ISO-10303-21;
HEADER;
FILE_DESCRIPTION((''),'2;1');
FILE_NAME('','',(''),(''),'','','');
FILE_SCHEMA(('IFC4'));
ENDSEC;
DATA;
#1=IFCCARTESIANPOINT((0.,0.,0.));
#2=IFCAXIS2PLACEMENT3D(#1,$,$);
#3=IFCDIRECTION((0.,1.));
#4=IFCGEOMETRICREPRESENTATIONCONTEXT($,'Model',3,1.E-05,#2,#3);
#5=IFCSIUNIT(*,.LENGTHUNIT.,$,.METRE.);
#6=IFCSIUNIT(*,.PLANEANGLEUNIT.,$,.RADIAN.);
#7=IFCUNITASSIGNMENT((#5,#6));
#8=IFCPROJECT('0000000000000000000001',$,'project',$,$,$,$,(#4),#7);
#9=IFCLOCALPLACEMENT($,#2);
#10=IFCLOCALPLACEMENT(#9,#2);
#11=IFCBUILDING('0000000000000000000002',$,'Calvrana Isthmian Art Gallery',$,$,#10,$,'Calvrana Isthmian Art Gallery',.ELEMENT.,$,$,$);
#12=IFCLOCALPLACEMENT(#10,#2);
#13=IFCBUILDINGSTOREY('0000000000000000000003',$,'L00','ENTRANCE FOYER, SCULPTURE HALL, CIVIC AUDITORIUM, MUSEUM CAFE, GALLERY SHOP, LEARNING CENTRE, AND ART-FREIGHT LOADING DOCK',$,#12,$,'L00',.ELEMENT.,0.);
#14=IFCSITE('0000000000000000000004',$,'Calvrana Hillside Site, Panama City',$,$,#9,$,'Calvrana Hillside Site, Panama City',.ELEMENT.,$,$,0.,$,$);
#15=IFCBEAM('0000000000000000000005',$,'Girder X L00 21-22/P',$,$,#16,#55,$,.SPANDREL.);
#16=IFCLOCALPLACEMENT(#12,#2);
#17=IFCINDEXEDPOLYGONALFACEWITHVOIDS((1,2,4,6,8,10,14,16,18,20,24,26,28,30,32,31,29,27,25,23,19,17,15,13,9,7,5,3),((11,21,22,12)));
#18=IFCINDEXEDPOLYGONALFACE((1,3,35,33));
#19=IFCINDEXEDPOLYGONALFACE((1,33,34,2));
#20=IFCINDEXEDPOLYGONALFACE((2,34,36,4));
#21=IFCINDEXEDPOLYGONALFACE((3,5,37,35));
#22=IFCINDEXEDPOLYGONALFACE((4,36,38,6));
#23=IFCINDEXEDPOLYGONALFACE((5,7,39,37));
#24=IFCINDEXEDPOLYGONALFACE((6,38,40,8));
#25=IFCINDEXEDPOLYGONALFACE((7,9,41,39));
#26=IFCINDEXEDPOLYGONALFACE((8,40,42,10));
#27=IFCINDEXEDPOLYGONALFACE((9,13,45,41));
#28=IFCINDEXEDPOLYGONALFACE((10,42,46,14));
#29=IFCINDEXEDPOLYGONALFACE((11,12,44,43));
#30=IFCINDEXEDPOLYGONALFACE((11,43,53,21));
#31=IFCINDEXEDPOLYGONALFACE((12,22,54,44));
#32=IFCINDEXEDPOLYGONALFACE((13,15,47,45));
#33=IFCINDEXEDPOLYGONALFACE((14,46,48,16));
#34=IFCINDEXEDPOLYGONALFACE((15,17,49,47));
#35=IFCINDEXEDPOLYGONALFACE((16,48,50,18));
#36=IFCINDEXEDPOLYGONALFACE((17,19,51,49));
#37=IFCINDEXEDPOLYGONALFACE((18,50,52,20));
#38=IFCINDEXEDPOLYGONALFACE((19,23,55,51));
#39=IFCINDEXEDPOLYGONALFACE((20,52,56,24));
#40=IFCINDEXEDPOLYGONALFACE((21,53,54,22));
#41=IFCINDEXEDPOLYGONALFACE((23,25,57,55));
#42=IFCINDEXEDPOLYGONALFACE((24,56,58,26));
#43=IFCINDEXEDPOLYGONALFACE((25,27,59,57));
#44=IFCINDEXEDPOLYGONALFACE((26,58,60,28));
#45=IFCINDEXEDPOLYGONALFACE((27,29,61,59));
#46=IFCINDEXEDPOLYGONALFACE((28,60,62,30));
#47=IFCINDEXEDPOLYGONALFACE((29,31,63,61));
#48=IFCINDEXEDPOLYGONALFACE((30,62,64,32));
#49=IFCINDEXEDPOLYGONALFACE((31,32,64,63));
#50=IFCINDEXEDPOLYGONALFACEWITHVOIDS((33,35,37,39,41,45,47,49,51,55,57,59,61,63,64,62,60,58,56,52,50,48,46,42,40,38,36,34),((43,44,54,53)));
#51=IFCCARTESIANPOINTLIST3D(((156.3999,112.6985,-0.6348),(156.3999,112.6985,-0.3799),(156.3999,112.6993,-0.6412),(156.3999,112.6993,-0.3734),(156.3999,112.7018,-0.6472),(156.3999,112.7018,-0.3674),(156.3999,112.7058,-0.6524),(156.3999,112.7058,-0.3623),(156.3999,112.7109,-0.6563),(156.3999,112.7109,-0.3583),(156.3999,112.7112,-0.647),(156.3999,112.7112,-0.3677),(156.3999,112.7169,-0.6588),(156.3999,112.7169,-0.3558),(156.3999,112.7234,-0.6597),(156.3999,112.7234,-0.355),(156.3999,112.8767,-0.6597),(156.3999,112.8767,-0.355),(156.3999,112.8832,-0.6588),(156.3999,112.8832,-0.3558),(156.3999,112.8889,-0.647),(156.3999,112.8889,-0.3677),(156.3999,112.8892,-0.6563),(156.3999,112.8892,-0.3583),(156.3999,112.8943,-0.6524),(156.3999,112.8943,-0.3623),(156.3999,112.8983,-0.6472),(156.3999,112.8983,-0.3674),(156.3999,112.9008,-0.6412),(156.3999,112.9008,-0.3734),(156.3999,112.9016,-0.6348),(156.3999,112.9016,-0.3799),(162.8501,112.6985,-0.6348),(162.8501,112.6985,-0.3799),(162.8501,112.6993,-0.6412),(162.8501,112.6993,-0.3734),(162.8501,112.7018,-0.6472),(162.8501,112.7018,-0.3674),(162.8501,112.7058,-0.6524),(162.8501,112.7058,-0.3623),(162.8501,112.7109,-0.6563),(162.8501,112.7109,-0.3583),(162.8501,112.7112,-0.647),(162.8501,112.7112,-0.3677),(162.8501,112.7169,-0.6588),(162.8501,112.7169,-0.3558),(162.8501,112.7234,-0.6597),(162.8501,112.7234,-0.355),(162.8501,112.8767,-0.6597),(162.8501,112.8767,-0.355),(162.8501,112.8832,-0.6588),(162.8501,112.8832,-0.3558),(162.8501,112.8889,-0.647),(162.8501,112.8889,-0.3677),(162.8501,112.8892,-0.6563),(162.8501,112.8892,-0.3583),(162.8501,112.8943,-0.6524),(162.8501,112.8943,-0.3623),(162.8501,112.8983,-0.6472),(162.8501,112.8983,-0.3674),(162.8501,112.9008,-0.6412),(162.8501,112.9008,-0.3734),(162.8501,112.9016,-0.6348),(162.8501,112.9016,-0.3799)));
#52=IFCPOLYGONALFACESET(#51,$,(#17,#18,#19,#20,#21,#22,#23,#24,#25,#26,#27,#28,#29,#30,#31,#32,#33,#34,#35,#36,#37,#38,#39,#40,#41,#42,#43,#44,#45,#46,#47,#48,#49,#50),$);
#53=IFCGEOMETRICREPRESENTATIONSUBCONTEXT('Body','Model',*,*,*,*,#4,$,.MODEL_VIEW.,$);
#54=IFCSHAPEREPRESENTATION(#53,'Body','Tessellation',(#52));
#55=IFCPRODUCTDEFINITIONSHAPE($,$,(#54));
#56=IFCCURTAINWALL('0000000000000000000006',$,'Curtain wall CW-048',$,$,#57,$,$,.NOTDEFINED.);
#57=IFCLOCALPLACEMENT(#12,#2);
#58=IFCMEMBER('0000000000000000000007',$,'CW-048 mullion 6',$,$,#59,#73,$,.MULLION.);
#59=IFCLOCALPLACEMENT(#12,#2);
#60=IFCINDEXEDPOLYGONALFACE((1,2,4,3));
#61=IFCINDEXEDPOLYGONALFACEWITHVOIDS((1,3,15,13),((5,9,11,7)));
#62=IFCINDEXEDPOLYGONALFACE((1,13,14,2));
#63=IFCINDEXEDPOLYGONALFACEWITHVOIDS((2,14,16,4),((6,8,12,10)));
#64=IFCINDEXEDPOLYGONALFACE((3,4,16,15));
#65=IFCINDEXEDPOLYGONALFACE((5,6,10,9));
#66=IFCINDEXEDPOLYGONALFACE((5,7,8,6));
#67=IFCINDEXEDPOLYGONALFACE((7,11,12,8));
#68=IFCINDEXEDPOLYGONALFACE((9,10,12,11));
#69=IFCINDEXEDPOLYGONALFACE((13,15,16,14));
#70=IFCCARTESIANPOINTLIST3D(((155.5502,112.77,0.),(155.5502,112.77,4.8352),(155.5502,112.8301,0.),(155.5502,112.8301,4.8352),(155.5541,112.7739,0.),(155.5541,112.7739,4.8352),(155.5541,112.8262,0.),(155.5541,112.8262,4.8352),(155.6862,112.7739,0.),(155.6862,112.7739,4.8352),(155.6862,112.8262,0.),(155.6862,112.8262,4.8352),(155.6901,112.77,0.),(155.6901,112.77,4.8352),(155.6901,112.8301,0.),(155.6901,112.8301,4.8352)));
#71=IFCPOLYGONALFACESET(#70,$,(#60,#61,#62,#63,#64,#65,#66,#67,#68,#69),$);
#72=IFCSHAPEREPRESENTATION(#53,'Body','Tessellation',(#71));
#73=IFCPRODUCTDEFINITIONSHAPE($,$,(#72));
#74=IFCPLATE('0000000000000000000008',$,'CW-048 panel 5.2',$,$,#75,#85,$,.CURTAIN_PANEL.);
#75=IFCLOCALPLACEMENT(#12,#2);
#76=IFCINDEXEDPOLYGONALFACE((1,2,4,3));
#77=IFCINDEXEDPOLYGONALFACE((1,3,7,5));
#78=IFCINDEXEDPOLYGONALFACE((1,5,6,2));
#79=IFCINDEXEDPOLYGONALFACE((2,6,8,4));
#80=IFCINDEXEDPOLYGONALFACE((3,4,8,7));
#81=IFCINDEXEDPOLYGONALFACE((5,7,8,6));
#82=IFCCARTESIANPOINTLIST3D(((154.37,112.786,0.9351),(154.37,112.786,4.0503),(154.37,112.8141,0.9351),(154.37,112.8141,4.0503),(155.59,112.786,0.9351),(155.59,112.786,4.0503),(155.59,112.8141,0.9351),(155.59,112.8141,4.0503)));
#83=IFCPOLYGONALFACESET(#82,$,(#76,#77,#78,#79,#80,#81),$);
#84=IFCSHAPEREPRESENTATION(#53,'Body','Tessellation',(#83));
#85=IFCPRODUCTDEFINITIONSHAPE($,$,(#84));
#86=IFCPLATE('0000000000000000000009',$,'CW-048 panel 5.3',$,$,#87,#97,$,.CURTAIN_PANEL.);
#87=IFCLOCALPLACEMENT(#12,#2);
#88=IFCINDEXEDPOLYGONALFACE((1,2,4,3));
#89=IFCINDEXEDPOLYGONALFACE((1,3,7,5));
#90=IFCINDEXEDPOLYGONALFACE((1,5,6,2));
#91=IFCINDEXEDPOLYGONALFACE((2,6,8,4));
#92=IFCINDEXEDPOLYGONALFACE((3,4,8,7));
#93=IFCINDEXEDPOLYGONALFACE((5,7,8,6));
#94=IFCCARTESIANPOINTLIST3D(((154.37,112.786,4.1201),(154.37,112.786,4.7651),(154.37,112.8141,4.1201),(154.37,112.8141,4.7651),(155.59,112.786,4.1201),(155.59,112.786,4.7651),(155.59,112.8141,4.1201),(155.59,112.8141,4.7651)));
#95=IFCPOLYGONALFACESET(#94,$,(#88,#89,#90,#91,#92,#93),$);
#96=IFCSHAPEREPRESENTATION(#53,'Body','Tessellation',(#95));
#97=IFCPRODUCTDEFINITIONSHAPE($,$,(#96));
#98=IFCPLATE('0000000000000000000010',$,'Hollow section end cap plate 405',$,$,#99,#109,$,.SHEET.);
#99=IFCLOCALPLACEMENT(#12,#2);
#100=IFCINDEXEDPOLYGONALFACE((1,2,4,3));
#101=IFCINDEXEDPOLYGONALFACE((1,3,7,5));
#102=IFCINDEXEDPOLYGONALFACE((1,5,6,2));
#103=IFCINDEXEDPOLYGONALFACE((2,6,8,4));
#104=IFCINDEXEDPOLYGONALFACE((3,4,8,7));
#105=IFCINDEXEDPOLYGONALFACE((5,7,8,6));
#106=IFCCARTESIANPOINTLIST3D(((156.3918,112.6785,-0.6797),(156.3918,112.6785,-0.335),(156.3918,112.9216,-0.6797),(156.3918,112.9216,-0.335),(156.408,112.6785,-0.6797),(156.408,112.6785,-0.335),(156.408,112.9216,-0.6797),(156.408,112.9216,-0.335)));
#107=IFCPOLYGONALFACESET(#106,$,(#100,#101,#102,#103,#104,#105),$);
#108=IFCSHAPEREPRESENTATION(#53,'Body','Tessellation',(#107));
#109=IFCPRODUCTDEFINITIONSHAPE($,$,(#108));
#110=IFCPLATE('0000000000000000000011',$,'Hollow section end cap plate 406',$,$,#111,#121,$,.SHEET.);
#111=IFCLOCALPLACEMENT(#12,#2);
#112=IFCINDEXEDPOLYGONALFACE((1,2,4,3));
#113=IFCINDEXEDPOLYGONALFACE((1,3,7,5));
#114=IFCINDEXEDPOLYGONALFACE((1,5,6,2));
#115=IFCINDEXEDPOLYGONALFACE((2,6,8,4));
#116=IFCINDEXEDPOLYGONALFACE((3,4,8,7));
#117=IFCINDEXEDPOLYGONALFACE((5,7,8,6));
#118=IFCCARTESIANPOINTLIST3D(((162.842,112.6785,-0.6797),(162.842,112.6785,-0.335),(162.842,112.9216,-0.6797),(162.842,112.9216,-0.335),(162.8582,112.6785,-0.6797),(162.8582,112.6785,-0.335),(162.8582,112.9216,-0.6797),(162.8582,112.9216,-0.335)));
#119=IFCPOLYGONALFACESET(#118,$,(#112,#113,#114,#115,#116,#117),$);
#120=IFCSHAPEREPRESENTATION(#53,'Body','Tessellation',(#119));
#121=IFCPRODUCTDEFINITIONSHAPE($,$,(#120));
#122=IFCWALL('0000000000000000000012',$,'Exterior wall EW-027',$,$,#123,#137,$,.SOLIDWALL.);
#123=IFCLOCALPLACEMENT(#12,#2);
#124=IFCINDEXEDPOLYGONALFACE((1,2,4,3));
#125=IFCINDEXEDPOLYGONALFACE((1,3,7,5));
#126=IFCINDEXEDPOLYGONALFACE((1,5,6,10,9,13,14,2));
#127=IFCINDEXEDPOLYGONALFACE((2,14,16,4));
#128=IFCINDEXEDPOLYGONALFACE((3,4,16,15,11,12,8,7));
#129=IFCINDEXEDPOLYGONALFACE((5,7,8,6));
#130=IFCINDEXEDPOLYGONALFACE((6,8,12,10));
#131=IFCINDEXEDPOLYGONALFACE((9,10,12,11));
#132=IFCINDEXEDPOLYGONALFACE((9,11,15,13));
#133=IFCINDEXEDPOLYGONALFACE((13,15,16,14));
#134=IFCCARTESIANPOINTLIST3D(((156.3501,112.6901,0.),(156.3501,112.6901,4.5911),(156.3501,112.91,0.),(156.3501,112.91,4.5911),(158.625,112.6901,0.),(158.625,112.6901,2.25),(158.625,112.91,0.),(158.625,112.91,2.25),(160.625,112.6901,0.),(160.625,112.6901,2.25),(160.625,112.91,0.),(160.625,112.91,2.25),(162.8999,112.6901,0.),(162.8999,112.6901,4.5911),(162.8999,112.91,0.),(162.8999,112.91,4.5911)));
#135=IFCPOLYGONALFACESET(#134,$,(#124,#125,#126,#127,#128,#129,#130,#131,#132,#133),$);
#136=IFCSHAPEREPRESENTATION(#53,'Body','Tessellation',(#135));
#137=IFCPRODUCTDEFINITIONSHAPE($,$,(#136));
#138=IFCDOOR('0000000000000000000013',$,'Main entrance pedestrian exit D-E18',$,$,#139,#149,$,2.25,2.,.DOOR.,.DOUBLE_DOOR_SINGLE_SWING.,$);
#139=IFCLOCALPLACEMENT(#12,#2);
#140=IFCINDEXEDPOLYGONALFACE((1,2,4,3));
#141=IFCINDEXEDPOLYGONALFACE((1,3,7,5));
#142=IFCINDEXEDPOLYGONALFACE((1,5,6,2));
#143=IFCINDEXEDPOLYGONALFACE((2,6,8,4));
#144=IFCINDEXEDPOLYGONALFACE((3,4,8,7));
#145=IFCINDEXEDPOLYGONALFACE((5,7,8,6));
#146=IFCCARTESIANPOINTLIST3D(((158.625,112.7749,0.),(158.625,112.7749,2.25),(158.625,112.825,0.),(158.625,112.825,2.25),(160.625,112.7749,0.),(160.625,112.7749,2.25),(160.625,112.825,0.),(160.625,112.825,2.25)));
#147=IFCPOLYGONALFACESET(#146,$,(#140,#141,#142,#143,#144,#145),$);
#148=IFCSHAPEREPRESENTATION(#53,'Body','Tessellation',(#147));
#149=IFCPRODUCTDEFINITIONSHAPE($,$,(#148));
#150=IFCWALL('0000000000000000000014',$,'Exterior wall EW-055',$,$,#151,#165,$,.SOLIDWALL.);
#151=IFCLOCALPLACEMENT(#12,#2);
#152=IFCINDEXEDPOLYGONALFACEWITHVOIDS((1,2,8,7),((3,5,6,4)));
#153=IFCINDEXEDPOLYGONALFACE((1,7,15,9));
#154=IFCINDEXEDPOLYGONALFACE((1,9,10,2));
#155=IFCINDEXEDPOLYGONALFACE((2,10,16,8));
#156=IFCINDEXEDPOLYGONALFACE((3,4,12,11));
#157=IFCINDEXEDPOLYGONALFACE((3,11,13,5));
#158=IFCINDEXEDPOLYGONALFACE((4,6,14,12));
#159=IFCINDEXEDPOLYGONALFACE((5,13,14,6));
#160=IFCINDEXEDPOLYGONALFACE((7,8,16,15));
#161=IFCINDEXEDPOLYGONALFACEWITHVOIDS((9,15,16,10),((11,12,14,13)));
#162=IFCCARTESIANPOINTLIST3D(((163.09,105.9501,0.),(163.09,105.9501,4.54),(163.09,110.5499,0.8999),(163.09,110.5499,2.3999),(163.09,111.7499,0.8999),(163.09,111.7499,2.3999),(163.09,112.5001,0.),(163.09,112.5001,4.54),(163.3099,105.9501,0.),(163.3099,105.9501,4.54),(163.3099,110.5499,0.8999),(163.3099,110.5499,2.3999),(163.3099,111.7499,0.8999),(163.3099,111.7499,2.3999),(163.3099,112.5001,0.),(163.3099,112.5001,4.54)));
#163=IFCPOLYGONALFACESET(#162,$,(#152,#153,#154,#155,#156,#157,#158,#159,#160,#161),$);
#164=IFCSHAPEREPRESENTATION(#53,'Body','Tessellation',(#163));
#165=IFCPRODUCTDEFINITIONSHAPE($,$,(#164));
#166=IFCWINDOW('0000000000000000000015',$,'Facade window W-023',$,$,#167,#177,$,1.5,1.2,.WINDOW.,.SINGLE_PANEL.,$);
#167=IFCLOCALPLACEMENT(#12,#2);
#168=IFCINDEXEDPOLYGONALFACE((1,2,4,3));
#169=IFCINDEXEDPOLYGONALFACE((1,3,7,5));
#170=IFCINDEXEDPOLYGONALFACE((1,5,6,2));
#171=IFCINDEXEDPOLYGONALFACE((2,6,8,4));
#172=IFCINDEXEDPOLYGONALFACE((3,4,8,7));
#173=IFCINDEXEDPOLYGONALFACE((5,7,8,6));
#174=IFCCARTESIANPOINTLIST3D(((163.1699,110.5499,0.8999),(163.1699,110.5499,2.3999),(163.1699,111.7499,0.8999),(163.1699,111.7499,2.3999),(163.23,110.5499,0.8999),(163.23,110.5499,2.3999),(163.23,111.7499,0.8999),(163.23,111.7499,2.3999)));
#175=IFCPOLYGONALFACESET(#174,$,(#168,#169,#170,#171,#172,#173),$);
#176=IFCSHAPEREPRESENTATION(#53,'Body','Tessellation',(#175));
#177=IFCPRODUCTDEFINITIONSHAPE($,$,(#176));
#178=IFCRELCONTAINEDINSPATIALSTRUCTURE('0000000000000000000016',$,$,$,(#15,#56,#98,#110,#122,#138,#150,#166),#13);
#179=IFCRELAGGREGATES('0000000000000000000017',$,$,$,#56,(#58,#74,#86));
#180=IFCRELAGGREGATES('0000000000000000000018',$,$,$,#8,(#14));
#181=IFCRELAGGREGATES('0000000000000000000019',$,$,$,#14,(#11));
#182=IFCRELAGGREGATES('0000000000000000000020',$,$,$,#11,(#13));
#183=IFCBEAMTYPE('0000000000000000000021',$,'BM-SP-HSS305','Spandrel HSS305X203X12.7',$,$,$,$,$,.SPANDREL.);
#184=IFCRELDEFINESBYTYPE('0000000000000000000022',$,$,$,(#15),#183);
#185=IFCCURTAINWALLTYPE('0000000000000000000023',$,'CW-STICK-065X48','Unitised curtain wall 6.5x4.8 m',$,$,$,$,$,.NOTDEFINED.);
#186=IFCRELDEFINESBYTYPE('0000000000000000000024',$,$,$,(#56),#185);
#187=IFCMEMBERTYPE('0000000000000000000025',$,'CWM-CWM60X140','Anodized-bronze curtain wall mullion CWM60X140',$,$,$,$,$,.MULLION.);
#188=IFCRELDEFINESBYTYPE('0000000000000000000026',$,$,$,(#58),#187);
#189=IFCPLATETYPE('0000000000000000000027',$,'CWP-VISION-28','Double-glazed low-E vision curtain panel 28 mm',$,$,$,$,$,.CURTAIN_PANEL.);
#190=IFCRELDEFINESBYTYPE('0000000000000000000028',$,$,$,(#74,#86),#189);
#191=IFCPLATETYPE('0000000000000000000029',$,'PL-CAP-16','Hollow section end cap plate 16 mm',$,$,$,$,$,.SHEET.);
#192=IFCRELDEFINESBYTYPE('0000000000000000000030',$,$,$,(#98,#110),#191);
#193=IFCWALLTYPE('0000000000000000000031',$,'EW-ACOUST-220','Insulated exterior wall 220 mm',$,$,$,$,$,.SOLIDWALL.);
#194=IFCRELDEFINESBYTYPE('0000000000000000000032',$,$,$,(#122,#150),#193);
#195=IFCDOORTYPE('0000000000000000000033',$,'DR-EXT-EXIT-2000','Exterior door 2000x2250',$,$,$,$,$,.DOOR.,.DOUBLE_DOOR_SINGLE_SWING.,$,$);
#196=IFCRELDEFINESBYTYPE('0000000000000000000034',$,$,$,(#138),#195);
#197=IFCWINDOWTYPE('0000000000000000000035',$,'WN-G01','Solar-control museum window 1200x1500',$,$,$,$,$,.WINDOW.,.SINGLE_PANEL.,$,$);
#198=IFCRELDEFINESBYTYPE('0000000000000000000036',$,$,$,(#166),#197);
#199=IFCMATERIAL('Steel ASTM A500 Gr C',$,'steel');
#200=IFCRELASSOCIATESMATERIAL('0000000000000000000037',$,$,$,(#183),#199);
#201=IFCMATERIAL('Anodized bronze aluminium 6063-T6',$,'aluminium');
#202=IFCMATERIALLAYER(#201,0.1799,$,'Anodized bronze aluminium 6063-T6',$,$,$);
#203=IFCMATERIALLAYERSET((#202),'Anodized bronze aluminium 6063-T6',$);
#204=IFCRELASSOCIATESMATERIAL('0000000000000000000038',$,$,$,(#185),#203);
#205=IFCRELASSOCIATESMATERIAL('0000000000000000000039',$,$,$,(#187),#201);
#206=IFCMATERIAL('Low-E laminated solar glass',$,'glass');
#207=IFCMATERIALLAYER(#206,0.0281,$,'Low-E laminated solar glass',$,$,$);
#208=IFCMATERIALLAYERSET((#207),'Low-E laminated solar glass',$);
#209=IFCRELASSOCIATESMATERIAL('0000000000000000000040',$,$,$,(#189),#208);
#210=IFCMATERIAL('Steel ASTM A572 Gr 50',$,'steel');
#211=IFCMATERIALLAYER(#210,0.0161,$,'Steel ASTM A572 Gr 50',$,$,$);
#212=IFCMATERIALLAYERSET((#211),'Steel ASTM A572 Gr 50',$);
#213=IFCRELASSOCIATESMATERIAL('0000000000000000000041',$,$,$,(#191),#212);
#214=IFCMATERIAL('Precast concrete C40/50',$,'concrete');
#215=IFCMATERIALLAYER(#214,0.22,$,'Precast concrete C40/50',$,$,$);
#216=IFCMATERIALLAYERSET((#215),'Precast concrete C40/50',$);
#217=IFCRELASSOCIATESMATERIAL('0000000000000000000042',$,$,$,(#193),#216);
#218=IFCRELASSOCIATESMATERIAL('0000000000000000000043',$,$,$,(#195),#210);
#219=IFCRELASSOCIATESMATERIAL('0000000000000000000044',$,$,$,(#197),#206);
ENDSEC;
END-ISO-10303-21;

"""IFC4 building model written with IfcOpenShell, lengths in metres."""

from ifc_helpers import new_model, si_unit, direction, frame, frame_2d, origin, origin_2d, place, context, subcontext, project, spatial, rectangle, hollow_rectangle, extrude, material, layer, layer_set, material_profile, profile_set, type_object, element, fill, aggregate, save


model = new_model("IFC4")

# Units and contexts
model_context = context("Model", 3, precision=1e-05, world=origin(), true_north=direction((0.0, 1.0)))
body_context = subcontext(model_context, "Body", "Model", "MODEL_VIEW")
ifc_project = project(units=[si_unit("LENGTHUNIT", "METRE"), si_unit("PLANEANGLEUNIT", "RADIAN")], contexts=[model_context])

# Site, building, storey
site_placement = place(None, origin())
site = spatial("IfcSite", under=ifc_project, at=site_placement, Name="Calvrana Hillside Site, Panama City", LongName="Calvrana Hillside Site, Panama City", CompositionType="ELEMENT", RefElevation=0.0)
building_placement = place(site_placement, origin())
building = spatial("IfcBuilding", under=site, at=building_placement, Name="Calvrana Isthmian Art Gallery", LongName="Calvrana Isthmian Art Gallery", CompositionType="ELEMENT")
storey_placement = place(building_placement, origin())
storey = spatial("IfcBuildingStorey", under=building, at=storey_placement, Name="L00", Description="ENTRANCE FOYER, SCULPTURE HALL, CIVIC AUDITORIUM, MUSEUM CAFE, GALLERY SHOP, LEARNING CENTRE, AND ART-FREIGHT LOADING DOCK", LongName="L00", CompositionType="ELEMENT", Elevation=0.0)

# Beam
ifc_material_1 = material(Name="Steel ASTM A500 Gr C", Category="steel")
ifc_material_profile_1 = material_profile(ifc_material_1, hollow_rectangle(XDim=0.2031, YDim=0.3047, WallThickness=0.0127, OuterFilletRadius=0.0249, at=origin_2d()), Name="HSS305X203X12.7")
ifc_profile_set_1 = profile_set([ifc_material_profile_1], Name="Steel ASTM A500 Gr C")
beam_type_1 = type_object("IfcBeamType", Name="BM-SP-HSS305", Description="Spandrel HSS305X203X12.7", PredefinedType="SPANDREL", material=ifc_profile_set_1)
beam_1_placement = place(storey_placement, frame((156.3999, 112.8, -0.5073), z_axis=(1.0, 0.0, 0.0), x_axis=(0.0, 1.0, 0.0)))
element("IfcBeam", 1, at=beam_1_placement, inside=storey, type_object=beam_type_1, Name="Girder X L00 21-22/P", PredefinedType="SPANDREL", context=body_context, shape_type="SweptSolid", body=[
    extrude(hollow_rectangle(XDim=0.2031, YDim=0.3047, WallThickness=0.0127, OuterFilletRadius=0.0249, at=origin_2d()), origin(), (0.0, 0.0, 1.0), 6.4502),
])

# Curtain wall, member, plates
ifc_material_2 = material(Name="Anodized bronze aluminium 6063-T6", Category="aluminium")
ifc_layer_1 = layer(ifc_material_2, 0.1799, Name="Anodized bronze aluminium 6063-T6")
ifc_layer_set_1 = layer_set([ifc_layer_1], Name="Anodized bronze aluminium 6063-T6")
curtain_wall_type = type_object("IfcCurtainWallType", Name="CW-STICK-065X48", Description="Unitised curtain wall 6.5x4.8 m", PredefinedType="NOTDEFINED", material=ifc_layer_set_1)
curtain_wall_placement = place(storey_placement, origin())
curtain_wall = element("IfcCurtainWall", 2, at=curtain_wall_placement, inside=storey, type_object=curtain_wall_type, Name="Curtain wall CW-048", PredefinedType="NOTDEFINED")
ifc_material_profile_2 = material_profile(ifc_material_2, hollow_rectangle(XDim=0.0601, YDim=0.1399, WallThickness=0.0039, at=origin_2d()), Name="CWM60X140")
ifc_profile_set_2 = profile_set([ifc_material_profile_2], Name="Anodized bronze aluminium 6063-T6")
member_type = type_object("IfcMemberType", Name="CWM-CWM60X140", Description="Anodized-bronze curtain wall mullion CWM60X140", PredefinedType="MULLION", material=ifc_profile_set_2)
member_placement = place(storey_placement, frame((155.6201, 112.8, 0.0), z_axis=(0.0, 0.0, 1.0), x_axis=(0.0, 1.0, 0.0)))
member = element("IfcMember", 3, at=member_placement, type_object=member_type, Name="CW-048 mullion 6", PredefinedType="MULLION", context=body_context, shape_type="SweptSolid", body=[
    extrude(hollow_rectangle(XDim=0.0601, YDim=0.1399, WallThickness=0.0039, at=origin_2d()), origin(), (0.0, 0.0, 1.0), 4.8352),
])
ifc_material_3 = material(Name="Low-E laminated solar glass", Category="glass")
ifc_layer_2 = layer(ifc_material_3, 0.0281, Name="Low-E laminated solar glass")
ifc_layer_set_2 = layer_set([ifc_layer_2], Name="Low-E laminated solar glass")
plate_type_1 = type_object("IfcPlateType", Name="CWP-VISION-28", Description="Double-glazed low-E vision curtain panel 28 mm", PredefinedType="CURTAIN_PANEL", material=ifc_layer_set_2)
plate_1_placement = place(storey_placement, frame((154.98, 112.8, 0.9351), z_axis=(0.0, 0.0, 1.0), x_axis=(1.0, 0.0, 0.0)))
plate_1 = element("IfcPlate", 4, at=plate_1_placement, type_object=plate_type_1, Name="CW-048 panel 5.2", PredefinedType="CURTAIN_PANEL", context=body_context, shape_type="SweptSolid", body=[
    extrude(rectangle(XDim=1.22, YDim=0.0281, at=origin_2d()), origin(), (0.0, 0.0, 1.0), 3.1152),
])
plate_2_placement = place(storey_placement, frame((154.98, 112.8, 4.1201), z_axis=(0.0, 0.0, 1.0), x_axis=(1.0, 0.0, 0.0)))
plate_2 = element("IfcPlate", 5, at=plate_2_placement, type_object=plate_type_1, Name="CW-048 panel 5.3", PredefinedType="CURTAIN_PANEL", context=body_context, shape_type="SweptSolid", body=[
    extrude(rectangle(XDim=1.22, YDim=0.0281, at=origin_2d()), origin(), (0.0, 0.0, 1.0), 0.645),
])
aggregate(curtain_wall, [member, plate_1, plate_2])

# Plates
ifc_material_4 = material(Name="Steel ASTM A572 Gr 50", Category="steel")
ifc_layer_3 = layer(ifc_material_4, 0.0161, Name="Steel ASTM A572 Gr 50")
ifc_layer_set_3 = layer_set([ifc_layer_3], Name="Steel ASTM A572 Gr 50")
plate_type_2 = type_object("IfcPlateType", Name="PL-CAP-16", Description="Hollow section end cap plate 16 mm", PredefinedType="SHEET", material=ifc_layer_set_3)
for number, where, z_axis, x_axis, name in (
    (6, (156.3999, 112.8, -0.6797), (0.0, 0.0, 1.0), (1.0, 0.0, 0.0), "Hollow section end cap plate 405"),
    (7, (162.8501, 112.8, -0.6797), (0.0, 0.0, 1.0), (1.0, 0.0, 0.0), "Hollow section end cap plate 406"),
):
    element("IfcPlate", number, at=place(storey_placement, frame(where, z_axis=z_axis, x_axis=x_axis)), inside=storey, type_object=plate_type_2, Name=name, PredefinedType="SHEET", context=body_context, shape_type="SweptSolid", body=[
        extrude(rectangle(XDim=0.0161, YDim=0.2432, at=origin_2d()), origin(), (0.0, 0.0, 1.0), 0.3447),
    ])

# Wall, opening, door
ifc_material_5 = material(Name="Precast concrete C40/50", Category="concrete")
ifc_layer_4 = layer(ifc_material_5, 0.22, Name="Precast concrete C40/50")
ifc_layer_set_4 = layer_set([ifc_layer_4], Name="Precast concrete C40/50")
wall_type_1 = type_object("IfcWallType", Name="EW-ACOUST-220", Description="Insulated exterior wall 220 mm", PredefinedType="SOLIDWALL", material=ifc_layer_set_4)
wall_1_placement = place(storey_placement, frame((156.3501, 112.8, 0.0), z_axis=(0.0, 0.0, 1.0), x_axis=(1.0, 0.0, 0.0)))
wall_1 = element("IfcWall", 8, at=wall_1_placement, inside=storey, type_object=wall_type_1, Name="Exterior wall EW-027", PredefinedType="SOLIDWALL", context=body_context, shape_type="SweptSolid", body=[
    extrude(rectangle(XDim=6.5498, YDim=0.22, at=frame_2d((3.2749, 0.0))), origin(), (0.0, 0.0, 1.0), 4.5911),
])
opening_1_placement = place(wall_1_placement, frame((2.2749, 0.0, 0.0)))
opening_1 = element("IfcOpeningElement", 9, at=opening_1_placement, cuts=wall_1, PredefinedType="OPENING", context=body_context, shape_type="SweptSolid", body=[
    extrude(rectangle(XDim=2.0, YDim=2.25, at=frame_2d((1.0, 1.125))), frame((0.0, 0.1201, 0.0), z_axis=(0.0, -1.0, 0.0), x_axis=(1.0, 0.0, 0.0)), (0.0, 0.0, 1.0), 0.2405),
])
door_type_1 = type_object("IfcDoorType", Name="DR-EXT-EXIT-2000", Description="Exterior door 2000x2250", OperationType="DOUBLE_DOOR_SINGLE_SWING", PredefinedType="DOOR", material=ifc_material_4)
door_1_placement = place(opening_1_placement, origin())
door_1 = element("IfcDoor", 10, at=door_1_placement, inside=storey, type_object=door_type_1, Name="Main entrance pedestrian exit D-E18", OperationType="DOUBLE_DOOR_SINGLE_SWING", OverallHeight=2.25, OverallWidth=2.0, PredefinedType="DOOR", context=body_context, shape_type="SweptSolid", body=[
    extrude(rectangle(XDim=2.0, YDim=2.25, at=frame_2d((1.0, 1.125))), frame((0.0, 0.0249, 0.0), z_axis=(0.0, -1.0, 0.0), x_axis=(1.0, 0.0, 0.0)), (0.0, 0.0, 1.0), 0.05),
])
fill(opening_1, door_1)

# Wall, opening, window
wall_2_placement = place(storey_placement, frame((163.2, 112.5, 0.0), z_axis=(0.0, 0.0, 1.0), x_axis=(0.0, -1.0, 0.0)))
wall_2 = element("IfcWall", 11, at=wall_2_placement, inside=storey, type_object=wall_type_1, Name="Exterior wall EW-055", PredefinedType="SOLIDWALL", context=body_context, shape_type="SweptSolid", body=[
    extrude(rectangle(XDim=6.55, YDim=0.22, at=frame_2d((3.2749, 0.0))), origin(), (0.0, 0.0, 1.0), 4.54),
])
opening_2_placement = place(wall_2_placement, frame((0.75, 0.0, 0.8999)))
opening_2 = element("IfcOpeningElement", 12, at=opening_2_placement, cuts=wall_2, PredefinedType="OPENING", context=body_context, shape_type="SweptSolid", body=[
    extrude(rectangle(XDim=1.2, YDim=1.5, at=frame_2d((0.6001, 0.75))), frame((0.0, 0.1201, 0.0), z_axis=(0.0, -1.0, 0.0), x_axis=(1.0, 0.0, 0.0)), (0.0, 0.0, 1.0), 0.2405),
])
window_type = type_object("IfcWindowType", Name="WN-G01", Description="Solar-control museum window 1200x1500", PartitioningType="SINGLE_PANEL", PredefinedType="WINDOW", material=ifc_material_3)
window_placement = place(opening_2_placement, origin())
window = element("IfcWindow", 13, at=window_placement, inside=storey, type_object=window_type, Name="Facade window W-023", OverallHeight=1.5, OverallWidth=1.2, PartitioningType="SINGLE_PANEL", PredefinedType="WINDOW", context=body_context, shape_type="SweptSolid", body=[
    extrude(rectangle(XDim=1.2, YDim=1.5, at=frame_2d((0.6001, 0.75))), frame((0.0, 0.03, 0.0), z_axis=(0.0, -1.0, 0.0), x_axis=(1.0, 0.0, 0.0)), (0.0, 0.0, 1.0), 0.0601),
])
fill(opening_2, window)

save(model, "model.ifc")
